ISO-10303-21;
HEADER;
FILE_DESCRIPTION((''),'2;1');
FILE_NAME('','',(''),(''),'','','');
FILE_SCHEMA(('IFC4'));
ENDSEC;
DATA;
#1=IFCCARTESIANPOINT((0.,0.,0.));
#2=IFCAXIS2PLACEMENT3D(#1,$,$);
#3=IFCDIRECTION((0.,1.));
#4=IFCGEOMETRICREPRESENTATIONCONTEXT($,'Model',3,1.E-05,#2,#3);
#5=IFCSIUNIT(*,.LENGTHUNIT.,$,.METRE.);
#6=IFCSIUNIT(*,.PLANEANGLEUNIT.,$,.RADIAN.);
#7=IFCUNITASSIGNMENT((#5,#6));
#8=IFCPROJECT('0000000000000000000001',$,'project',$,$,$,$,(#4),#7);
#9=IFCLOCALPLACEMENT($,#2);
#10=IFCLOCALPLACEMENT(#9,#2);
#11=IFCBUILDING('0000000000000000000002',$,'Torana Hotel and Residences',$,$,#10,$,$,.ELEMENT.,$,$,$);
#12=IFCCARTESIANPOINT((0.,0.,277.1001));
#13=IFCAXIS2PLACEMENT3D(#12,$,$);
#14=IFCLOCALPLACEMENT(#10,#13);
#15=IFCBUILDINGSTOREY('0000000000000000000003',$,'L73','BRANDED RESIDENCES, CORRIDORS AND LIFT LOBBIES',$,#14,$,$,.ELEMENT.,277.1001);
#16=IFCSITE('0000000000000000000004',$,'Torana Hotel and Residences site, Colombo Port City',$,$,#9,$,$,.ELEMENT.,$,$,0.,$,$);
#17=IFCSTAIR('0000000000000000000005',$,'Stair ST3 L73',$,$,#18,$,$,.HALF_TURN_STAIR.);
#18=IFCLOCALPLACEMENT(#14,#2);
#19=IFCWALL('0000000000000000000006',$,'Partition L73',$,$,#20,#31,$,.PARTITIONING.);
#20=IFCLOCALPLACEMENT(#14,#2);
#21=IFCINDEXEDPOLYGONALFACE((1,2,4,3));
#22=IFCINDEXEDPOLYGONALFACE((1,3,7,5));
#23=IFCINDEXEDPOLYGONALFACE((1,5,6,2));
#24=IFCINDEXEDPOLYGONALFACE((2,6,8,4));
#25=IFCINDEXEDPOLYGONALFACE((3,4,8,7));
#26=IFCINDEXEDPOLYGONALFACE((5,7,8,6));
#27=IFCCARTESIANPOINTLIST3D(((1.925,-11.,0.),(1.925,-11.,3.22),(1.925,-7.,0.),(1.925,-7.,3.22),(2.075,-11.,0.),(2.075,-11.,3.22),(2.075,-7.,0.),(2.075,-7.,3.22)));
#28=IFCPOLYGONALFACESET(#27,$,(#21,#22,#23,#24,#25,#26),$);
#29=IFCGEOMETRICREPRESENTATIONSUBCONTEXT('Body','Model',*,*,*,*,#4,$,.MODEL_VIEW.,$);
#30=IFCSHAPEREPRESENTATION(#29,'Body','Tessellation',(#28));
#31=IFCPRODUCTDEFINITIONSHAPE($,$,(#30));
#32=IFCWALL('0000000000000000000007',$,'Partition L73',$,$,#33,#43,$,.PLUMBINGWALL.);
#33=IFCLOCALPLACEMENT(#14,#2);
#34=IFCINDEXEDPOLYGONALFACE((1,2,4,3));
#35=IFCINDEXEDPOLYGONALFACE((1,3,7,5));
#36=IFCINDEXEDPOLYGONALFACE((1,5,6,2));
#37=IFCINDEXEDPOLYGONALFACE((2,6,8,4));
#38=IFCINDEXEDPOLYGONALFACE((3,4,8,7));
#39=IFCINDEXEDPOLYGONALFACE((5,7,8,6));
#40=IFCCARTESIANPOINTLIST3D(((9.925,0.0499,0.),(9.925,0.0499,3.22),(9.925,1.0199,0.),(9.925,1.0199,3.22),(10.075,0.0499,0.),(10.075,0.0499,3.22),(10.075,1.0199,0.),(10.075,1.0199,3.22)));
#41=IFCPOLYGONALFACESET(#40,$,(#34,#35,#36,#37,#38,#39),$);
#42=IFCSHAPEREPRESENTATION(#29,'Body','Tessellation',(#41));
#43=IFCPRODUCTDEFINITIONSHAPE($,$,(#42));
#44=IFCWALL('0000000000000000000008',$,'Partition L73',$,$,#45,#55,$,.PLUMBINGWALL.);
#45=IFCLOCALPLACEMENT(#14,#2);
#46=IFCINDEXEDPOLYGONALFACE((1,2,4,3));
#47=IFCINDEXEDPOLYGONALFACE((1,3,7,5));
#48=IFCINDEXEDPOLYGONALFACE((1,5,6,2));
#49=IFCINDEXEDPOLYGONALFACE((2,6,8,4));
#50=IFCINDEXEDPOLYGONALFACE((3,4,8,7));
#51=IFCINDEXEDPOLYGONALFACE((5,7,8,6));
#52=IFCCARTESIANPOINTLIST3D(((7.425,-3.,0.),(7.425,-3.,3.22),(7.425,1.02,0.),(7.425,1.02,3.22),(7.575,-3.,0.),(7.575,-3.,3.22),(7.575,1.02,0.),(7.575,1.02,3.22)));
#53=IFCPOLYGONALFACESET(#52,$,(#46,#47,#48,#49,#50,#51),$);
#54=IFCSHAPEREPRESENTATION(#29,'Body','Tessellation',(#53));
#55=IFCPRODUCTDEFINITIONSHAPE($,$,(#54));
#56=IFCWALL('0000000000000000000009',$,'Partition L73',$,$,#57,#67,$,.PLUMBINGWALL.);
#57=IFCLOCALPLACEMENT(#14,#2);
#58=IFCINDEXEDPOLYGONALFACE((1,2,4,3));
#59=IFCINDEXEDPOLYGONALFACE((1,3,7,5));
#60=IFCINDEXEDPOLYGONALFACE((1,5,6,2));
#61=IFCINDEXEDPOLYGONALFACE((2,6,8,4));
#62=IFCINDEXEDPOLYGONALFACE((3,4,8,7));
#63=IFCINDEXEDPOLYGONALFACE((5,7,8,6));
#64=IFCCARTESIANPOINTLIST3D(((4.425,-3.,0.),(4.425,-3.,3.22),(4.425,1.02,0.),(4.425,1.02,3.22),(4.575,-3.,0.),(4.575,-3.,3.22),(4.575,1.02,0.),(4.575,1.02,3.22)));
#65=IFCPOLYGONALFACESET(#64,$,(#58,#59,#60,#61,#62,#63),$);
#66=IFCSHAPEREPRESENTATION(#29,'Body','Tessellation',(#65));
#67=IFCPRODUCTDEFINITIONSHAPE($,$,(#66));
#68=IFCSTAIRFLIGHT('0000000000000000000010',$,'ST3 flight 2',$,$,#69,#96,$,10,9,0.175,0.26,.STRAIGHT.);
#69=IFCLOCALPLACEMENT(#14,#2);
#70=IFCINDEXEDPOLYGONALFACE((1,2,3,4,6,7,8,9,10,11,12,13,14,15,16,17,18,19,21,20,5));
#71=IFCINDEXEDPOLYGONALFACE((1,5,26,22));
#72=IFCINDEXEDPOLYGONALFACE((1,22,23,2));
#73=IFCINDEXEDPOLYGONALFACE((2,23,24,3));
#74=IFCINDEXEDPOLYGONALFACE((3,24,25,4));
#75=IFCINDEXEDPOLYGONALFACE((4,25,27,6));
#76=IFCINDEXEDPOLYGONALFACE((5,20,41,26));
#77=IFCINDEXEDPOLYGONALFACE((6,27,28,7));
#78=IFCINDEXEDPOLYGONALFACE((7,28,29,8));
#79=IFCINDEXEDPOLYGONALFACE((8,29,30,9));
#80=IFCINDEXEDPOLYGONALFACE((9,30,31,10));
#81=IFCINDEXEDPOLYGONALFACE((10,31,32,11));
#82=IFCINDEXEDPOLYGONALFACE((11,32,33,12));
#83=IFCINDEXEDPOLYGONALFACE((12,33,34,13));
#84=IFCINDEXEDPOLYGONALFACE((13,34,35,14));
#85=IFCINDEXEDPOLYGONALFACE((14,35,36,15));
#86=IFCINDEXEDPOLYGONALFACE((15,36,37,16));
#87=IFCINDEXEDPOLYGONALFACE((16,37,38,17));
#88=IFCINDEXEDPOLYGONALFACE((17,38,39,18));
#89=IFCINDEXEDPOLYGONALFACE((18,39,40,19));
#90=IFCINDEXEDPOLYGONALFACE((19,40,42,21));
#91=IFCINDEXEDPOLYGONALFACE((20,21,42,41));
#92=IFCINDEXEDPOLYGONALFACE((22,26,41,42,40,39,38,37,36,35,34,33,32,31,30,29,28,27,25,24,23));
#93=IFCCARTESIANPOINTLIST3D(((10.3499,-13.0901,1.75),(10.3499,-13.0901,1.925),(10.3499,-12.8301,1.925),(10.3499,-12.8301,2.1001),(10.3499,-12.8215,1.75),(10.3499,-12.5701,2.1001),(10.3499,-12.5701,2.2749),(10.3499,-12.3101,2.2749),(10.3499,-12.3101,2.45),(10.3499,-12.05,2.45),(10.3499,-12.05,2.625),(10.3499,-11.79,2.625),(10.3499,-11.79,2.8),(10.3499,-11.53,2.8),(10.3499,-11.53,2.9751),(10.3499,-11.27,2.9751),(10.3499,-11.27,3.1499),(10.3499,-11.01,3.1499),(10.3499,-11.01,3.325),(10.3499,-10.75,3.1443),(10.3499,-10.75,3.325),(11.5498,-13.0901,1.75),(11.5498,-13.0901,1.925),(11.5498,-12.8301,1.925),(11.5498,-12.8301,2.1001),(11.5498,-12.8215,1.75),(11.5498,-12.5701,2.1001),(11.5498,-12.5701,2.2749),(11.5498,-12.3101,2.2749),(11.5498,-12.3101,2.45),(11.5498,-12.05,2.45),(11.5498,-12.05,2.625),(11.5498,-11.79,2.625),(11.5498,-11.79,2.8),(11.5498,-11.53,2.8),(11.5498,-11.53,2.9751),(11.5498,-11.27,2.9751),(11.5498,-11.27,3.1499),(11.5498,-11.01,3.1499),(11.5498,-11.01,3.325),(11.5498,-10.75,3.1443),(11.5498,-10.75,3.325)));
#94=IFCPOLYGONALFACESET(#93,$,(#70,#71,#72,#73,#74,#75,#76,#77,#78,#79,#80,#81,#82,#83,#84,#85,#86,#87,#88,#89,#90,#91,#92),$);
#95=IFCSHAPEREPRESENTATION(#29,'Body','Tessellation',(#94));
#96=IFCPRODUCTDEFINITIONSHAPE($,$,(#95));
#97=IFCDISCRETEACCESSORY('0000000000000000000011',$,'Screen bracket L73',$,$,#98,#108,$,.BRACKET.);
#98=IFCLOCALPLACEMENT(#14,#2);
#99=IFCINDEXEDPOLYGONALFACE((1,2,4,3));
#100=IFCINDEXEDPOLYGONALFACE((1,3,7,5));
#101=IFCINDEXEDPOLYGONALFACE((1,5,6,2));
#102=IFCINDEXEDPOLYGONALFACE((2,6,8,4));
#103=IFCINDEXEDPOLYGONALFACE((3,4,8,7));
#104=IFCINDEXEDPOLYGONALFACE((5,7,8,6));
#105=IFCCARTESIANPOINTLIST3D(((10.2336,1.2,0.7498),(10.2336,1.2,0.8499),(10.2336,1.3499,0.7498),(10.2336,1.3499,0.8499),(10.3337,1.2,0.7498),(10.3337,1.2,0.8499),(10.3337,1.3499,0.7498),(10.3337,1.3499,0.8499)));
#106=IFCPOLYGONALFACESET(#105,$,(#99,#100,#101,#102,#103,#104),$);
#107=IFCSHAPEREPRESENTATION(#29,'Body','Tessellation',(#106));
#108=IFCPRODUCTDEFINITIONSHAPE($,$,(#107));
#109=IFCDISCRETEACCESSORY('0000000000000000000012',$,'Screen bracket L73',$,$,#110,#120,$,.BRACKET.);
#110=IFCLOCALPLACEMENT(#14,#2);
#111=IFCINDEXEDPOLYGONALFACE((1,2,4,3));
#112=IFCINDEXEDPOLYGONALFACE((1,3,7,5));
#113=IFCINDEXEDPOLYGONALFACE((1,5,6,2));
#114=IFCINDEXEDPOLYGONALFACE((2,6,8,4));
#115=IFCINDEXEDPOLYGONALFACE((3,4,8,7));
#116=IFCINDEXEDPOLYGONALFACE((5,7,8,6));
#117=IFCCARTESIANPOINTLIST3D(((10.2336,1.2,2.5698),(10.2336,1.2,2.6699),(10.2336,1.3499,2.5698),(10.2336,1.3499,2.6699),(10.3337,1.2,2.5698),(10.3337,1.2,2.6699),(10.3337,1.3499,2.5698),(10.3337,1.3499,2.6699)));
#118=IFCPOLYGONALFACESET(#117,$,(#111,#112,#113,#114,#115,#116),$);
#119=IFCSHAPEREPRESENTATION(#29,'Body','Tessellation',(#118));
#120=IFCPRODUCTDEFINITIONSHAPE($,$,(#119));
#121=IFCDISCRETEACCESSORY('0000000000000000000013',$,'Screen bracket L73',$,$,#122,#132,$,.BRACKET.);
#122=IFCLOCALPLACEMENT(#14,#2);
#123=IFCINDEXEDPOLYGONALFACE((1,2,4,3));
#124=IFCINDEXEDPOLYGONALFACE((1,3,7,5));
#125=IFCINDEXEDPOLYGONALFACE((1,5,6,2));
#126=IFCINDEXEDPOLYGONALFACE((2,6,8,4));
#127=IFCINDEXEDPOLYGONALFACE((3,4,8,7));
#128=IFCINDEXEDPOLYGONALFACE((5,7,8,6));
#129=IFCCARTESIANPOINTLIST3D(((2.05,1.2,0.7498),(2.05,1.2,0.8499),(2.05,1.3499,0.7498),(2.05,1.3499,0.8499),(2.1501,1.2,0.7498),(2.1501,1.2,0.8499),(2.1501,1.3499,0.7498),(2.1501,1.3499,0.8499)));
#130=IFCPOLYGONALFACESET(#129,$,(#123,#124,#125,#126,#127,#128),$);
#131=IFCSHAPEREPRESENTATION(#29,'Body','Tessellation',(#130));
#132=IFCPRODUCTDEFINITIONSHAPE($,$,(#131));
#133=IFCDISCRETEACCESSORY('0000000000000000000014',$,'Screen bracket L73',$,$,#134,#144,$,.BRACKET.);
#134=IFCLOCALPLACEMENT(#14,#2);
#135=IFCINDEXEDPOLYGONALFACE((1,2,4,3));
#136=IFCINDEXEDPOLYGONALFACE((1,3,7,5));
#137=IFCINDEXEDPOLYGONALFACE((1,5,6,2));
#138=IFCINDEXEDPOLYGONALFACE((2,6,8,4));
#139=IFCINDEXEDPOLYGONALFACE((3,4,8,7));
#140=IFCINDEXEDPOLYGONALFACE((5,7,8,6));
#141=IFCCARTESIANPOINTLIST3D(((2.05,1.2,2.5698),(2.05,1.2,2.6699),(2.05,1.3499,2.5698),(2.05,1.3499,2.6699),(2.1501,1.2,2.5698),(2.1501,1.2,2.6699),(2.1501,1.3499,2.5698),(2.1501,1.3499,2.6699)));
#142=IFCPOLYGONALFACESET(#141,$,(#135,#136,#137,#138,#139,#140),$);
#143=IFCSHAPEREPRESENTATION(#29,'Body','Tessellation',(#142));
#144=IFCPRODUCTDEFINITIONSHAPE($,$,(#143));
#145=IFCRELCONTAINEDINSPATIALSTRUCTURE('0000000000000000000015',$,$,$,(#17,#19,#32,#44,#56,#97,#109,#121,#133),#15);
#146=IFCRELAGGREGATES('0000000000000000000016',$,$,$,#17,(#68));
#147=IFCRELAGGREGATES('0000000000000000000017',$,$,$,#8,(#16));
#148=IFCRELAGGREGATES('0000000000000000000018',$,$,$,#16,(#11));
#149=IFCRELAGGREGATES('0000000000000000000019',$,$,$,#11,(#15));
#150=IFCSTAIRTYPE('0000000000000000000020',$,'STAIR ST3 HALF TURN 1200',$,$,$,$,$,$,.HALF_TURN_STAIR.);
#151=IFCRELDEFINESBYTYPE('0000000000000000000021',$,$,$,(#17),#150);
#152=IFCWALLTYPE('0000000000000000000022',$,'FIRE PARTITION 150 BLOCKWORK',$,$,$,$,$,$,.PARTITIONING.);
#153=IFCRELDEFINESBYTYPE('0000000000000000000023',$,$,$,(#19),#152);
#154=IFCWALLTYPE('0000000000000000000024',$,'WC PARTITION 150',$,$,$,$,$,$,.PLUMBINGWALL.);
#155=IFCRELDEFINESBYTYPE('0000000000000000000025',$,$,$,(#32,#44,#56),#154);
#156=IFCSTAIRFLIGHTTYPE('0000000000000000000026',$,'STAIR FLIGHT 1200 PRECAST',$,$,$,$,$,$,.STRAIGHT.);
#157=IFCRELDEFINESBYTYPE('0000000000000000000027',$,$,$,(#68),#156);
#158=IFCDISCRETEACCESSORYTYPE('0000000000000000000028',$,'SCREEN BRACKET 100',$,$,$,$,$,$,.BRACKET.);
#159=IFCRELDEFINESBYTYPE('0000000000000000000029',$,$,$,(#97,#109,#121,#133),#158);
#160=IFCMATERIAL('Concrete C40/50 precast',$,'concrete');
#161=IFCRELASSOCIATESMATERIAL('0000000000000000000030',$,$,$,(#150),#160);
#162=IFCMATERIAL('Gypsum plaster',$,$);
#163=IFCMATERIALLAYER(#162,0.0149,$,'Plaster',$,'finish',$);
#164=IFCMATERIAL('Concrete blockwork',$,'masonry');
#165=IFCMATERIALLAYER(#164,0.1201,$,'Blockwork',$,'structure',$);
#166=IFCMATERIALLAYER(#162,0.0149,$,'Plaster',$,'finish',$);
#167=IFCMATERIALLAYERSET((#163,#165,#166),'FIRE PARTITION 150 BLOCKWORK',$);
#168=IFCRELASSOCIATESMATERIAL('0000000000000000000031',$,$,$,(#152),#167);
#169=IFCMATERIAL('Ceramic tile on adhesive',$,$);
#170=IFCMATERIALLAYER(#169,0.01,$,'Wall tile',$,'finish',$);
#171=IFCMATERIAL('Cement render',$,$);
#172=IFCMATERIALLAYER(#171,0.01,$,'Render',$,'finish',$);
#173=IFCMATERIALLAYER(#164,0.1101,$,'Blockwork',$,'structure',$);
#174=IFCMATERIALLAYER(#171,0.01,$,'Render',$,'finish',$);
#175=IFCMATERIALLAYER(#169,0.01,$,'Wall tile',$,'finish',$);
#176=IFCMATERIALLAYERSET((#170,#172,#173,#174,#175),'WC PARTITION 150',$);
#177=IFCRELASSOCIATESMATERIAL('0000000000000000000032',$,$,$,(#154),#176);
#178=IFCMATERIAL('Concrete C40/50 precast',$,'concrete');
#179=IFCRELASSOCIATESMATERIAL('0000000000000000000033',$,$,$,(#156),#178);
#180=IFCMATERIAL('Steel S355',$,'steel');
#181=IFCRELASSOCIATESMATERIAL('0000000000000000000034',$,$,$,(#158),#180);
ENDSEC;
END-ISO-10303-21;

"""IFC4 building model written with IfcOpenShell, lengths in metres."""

from ifc_helpers import new_model, si_unit, direction, frame, frame_2d, origin, origin_2d, place, context, subcontext, project, spatial, polyline, rectangle, outline, extrude, material, layer, layer_set, type_object, element, aggregate, save


model = new_model("IFC4")

# Units and contexts
model_context = context("Model", 3, precision=1e-05, world=origin(), true_north=direction((0.0, 1.0)))
body_context = subcontext(model_context, "Body", "Model", "MODEL_VIEW")
ifc_project = project(units=[si_unit("LENGTHUNIT", "METRE"), si_unit("PLANEANGLEUNIT", "RADIAN")], contexts=[model_context])

# Site, building, storey
site_placement = place(None, origin())
site = spatial("IfcSite", under=ifc_project, at=site_placement, Name="Torana Hotel and Residences site, Colombo Port City", CompositionType="ELEMENT", RefElevation=0.0)
building_placement = place(site_placement, origin())
building = spatial("IfcBuilding", under=site, at=building_placement, Name="Torana Hotel and Residences", CompositionType="ELEMENT")
storey_placement = place(building_placement, frame((0.0, 0.0, 277.1001)))
storey = spatial("IfcBuildingStorey", under=building, at=storey_placement, Name="L73", Description="BRANDED RESIDENCES, CORRIDORS AND LIFT LOBBIES", CompositionType="ELEMENT", Elevation=277.1001)

# Stair
ifc_material_1 = material(Name="Concrete C40/50 precast", Category="concrete")
stair_type_1 = type_object("IfcStairType", Name="STAIR ST3 HALF TURN 1200", PredefinedType="HALF_TURN_STAIR", material=ifc_material_1)
stair_1_placement = place(storey_placement, origin())
stair_1 = element("IfcStair", 1, at=stair_1_placement, inside=storey, type_object=stair_type_1, Name="Stair ST3 L73", PredefinedType="HALF_TURN_STAIR")

# Walls
ifc_material_2 = material(Name="Gypsum plaster")
ifc_layer_1 = layer(ifc_material_2, 0.0149, Name="Plaster", Category="finish")
ifc_material_3 = material(Name="Concrete blockwork", Category="masonry")
ifc_layer_2 = layer(ifc_material_3, 0.1201, Name="Blockwork", Category="structure")
ifc_layer_3 = layer(ifc_material_2, 0.0149, Name="Plaster", Category="finish")
ifc_layer_set_1 = layer_set([ifc_layer_1, ifc_layer_2, ifc_layer_3], Name="FIRE PARTITION 150 BLOCKWORK")
wall_type_1 = type_object("IfcWallType", Name="FIRE PARTITION 150 BLOCKWORK", PredefinedType="PARTITIONING", material=ifc_layer_set_1)
wall_1_placement = place(storey_placement, frame((2.0, -11.0, 0.0), z_axis=(0.0, 0.0, 1.0), x_axis=(0.0, 1.0, 0.0)))
element("IfcWall", 2, at=wall_1_placement, inside=storey, type_object=wall_type_1, Name="Partition L73", PredefinedType="PARTITIONING", context=body_context, shape_type="SweptSolid", body=[
    extrude(rectangle(XDim=4.0, YDim=0.1499, at=frame_2d((2.0, 0.0))), origin(), (0.0, 0.0, 1.0), 3.22),
])
ifc_material_4 = material(Name="Ceramic tile on adhesive")
ifc_layer_4 = layer(ifc_material_4, 0.01, Name="Wall tile", Category="finish")
ifc_material_5 = material(Name="Cement render")
ifc_layer_5 = layer(ifc_material_5, 0.01, Name="Render", Category="finish")
ifc_layer_6 = layer(ifc_material_3, 0.1101, Name="Blockwork", Category="structure")
ifc_layer_7 = layer(ifc_material_5, 0.01, Name="Render", Category="finish")
ifc_layer_8 = layer(ifc_material_4, 0.01, Name="Wall tile", Category="finish")
ifc_layer_set_2 = layer_set([ifc_layer_4, ifc_layer_5, ifc_layer_6, ifc_layer_7, ifc_layer_8], Name="WC PARTITION 150")
wall_type_2 = type_object("IfcWallType", Name="WC PARTITION 150", PredefinedType="PLUMBINGWALL", material=ifc_layer_set_2)
wall_2_placement = place(storey_placement, frame((10.0, 0.05, 0.0), z_axis=(0.0, 0.0, 1.0), x_axis=(0.0, 1.0, 0.0)))
element("IfcWall", 3, at=wall_2_placement, inside=storey, type_object=wall_type_2, Name="Partition L73", PredefinedType="PLUMBINGWALL", context=body_context, shape_type="SweptSolid", body=[
    extrude(rectangle(XDim=0.97, YDim=0.1499, at=frame_2d((0.4849, 0.0))), origin(), (0.0, 0.0, 1.0), 3.22),
])
for number, where, z_axis, x_axis, name in (
    (4, (7.5, -3.0, 0.0), (0.0, 0.0, 1.0), (0.0, 1.0, 0.0), "Partition L73"),
    (5, (4.5, -3.0, 0.0), (0.0, 0.0, 1.0), (0.0, 1.0, 0.0), "Partition L73"),
):
    element("IfcWall", number, at=place(storey_placement, frame(where, z_axis=z_axis, x_axis=x_axis)), inside=storey, type_object=wall_type_2, Name=name, PredefinedType="PLUMBINGWALL", context=body_context, shape_type="SweptSolid", body=[
        extrude(rectangle(XDim=4.02, YDim=0.1499, at=frame_2d((2.01, 0.0))), origin(), (0.0, 0.0, 1.0), 3.22),
    ])

# Stair flight
ifc_material_6 = material(Name="Concrete C40/50 precast", Category="concrete")
stair_flight_type = type_object("IfcStairFlightType", Name="STAIR FLIGHT 1200 PRECAST", PredefinedType="STRAIGHT", material=ifc_material_6)
stair_flight_placement = place(storey_placement, frame((10.95, -13.0901, 1.75), z_axis=(0.0, 0.0, 1.0), x_axis=(0.0, 1.0, 0.0)))
stair_flight = element("IfcStairFlight", 6, at=stair_flight_placement, type_object=stair_flight_type, Name="ST3 flight 2", NumberOfRisers=10, NumberOfTreads=9, PredefinedType="STRAIGHT", RiserHeight=0.175, TreadLength=0.26, context=body_context, shape_type="SweptSolid", body=[
    extrude(outline(polyline([(0.0, 0.0), (0.0, 0.175), (0.26, 0.175), (0.26, 0.3501), (0.52, 0.3501), (0.52, 0.5249), (0.78, 0.5249), (0.78, 0.7), (1.04, 0.7), (1.04, 0.875), (1.3, 0.875), (1.3, 1.05), (1.5601, 1.05), (1.5601, 1.2251), (1.8201, 1.2251), (1.8201, 1.3999), (2.0801, 1.3999), (2.0801, 1.575), (2.3401, 1.575), (2.3401, 1.75), (2.3401, 1.3943), (0.2686, 0.0), (0.0, 0.0)])), frame((0.0, 0.6001, 0.0), z_axis=(0.0, -1.0, 0.0), x_axis=(1.0, 0.0, 0.0)), (0.0, 0.0, 1.0), 1.2),
])
aggregate(stair_1, [stair_flight])

# Discrete accessories
ifc_material_7 = material(Name="Steel S355", Category="steel")
discrete_accessory_type = type_object("IfcDiscreteAccessoryType", Name="SCREEN BRACKET 100", PredefinedType="BRACKET", material=ifc_material_7)
for number, where, z_axis, x_axis, name in (
    (7, (10.2837, 1.2749, 0.7498), (0.0, 0.0, 1.0), (-1.0, 0.0, 0.0), "Screen bracket L73"),
    (8, (10.2837, 1.2749, 2.5698), (0.0, 0.0, 1.0), (-1.0, 0.0, 0.0), "Screen bracket L73"),
    (9, (2.1001, 1.2749, 0.7498), (0.0, 0.0, 1.0), (-1.0, 0.0, 0.0), "Screen bracket L73"),
    (10, (2.1001, 1.2749, 2.5698), (0.0, 0.0, 1.0), (-1.0, 0.0, 0.0), "Screen bracket L73"),
):
    element("IfcDiscreteAccessory", number, at=place(storey_placement, frame(where, z_axis=z_axis, x_axis=x_axis)), inside=storey, type_object=discrete_accessory_type, Name=name, PredefinedType="BRACKET", context=body_context, shape_type="SweptSolid", body=[
        extrude(rectangle(XDim=0.1001, YDim=0.1499, at=origin_2d()), origin(), (0.0, 0.0, 1.0), 0.1001),
    ])

save(model, "model.ifc")
